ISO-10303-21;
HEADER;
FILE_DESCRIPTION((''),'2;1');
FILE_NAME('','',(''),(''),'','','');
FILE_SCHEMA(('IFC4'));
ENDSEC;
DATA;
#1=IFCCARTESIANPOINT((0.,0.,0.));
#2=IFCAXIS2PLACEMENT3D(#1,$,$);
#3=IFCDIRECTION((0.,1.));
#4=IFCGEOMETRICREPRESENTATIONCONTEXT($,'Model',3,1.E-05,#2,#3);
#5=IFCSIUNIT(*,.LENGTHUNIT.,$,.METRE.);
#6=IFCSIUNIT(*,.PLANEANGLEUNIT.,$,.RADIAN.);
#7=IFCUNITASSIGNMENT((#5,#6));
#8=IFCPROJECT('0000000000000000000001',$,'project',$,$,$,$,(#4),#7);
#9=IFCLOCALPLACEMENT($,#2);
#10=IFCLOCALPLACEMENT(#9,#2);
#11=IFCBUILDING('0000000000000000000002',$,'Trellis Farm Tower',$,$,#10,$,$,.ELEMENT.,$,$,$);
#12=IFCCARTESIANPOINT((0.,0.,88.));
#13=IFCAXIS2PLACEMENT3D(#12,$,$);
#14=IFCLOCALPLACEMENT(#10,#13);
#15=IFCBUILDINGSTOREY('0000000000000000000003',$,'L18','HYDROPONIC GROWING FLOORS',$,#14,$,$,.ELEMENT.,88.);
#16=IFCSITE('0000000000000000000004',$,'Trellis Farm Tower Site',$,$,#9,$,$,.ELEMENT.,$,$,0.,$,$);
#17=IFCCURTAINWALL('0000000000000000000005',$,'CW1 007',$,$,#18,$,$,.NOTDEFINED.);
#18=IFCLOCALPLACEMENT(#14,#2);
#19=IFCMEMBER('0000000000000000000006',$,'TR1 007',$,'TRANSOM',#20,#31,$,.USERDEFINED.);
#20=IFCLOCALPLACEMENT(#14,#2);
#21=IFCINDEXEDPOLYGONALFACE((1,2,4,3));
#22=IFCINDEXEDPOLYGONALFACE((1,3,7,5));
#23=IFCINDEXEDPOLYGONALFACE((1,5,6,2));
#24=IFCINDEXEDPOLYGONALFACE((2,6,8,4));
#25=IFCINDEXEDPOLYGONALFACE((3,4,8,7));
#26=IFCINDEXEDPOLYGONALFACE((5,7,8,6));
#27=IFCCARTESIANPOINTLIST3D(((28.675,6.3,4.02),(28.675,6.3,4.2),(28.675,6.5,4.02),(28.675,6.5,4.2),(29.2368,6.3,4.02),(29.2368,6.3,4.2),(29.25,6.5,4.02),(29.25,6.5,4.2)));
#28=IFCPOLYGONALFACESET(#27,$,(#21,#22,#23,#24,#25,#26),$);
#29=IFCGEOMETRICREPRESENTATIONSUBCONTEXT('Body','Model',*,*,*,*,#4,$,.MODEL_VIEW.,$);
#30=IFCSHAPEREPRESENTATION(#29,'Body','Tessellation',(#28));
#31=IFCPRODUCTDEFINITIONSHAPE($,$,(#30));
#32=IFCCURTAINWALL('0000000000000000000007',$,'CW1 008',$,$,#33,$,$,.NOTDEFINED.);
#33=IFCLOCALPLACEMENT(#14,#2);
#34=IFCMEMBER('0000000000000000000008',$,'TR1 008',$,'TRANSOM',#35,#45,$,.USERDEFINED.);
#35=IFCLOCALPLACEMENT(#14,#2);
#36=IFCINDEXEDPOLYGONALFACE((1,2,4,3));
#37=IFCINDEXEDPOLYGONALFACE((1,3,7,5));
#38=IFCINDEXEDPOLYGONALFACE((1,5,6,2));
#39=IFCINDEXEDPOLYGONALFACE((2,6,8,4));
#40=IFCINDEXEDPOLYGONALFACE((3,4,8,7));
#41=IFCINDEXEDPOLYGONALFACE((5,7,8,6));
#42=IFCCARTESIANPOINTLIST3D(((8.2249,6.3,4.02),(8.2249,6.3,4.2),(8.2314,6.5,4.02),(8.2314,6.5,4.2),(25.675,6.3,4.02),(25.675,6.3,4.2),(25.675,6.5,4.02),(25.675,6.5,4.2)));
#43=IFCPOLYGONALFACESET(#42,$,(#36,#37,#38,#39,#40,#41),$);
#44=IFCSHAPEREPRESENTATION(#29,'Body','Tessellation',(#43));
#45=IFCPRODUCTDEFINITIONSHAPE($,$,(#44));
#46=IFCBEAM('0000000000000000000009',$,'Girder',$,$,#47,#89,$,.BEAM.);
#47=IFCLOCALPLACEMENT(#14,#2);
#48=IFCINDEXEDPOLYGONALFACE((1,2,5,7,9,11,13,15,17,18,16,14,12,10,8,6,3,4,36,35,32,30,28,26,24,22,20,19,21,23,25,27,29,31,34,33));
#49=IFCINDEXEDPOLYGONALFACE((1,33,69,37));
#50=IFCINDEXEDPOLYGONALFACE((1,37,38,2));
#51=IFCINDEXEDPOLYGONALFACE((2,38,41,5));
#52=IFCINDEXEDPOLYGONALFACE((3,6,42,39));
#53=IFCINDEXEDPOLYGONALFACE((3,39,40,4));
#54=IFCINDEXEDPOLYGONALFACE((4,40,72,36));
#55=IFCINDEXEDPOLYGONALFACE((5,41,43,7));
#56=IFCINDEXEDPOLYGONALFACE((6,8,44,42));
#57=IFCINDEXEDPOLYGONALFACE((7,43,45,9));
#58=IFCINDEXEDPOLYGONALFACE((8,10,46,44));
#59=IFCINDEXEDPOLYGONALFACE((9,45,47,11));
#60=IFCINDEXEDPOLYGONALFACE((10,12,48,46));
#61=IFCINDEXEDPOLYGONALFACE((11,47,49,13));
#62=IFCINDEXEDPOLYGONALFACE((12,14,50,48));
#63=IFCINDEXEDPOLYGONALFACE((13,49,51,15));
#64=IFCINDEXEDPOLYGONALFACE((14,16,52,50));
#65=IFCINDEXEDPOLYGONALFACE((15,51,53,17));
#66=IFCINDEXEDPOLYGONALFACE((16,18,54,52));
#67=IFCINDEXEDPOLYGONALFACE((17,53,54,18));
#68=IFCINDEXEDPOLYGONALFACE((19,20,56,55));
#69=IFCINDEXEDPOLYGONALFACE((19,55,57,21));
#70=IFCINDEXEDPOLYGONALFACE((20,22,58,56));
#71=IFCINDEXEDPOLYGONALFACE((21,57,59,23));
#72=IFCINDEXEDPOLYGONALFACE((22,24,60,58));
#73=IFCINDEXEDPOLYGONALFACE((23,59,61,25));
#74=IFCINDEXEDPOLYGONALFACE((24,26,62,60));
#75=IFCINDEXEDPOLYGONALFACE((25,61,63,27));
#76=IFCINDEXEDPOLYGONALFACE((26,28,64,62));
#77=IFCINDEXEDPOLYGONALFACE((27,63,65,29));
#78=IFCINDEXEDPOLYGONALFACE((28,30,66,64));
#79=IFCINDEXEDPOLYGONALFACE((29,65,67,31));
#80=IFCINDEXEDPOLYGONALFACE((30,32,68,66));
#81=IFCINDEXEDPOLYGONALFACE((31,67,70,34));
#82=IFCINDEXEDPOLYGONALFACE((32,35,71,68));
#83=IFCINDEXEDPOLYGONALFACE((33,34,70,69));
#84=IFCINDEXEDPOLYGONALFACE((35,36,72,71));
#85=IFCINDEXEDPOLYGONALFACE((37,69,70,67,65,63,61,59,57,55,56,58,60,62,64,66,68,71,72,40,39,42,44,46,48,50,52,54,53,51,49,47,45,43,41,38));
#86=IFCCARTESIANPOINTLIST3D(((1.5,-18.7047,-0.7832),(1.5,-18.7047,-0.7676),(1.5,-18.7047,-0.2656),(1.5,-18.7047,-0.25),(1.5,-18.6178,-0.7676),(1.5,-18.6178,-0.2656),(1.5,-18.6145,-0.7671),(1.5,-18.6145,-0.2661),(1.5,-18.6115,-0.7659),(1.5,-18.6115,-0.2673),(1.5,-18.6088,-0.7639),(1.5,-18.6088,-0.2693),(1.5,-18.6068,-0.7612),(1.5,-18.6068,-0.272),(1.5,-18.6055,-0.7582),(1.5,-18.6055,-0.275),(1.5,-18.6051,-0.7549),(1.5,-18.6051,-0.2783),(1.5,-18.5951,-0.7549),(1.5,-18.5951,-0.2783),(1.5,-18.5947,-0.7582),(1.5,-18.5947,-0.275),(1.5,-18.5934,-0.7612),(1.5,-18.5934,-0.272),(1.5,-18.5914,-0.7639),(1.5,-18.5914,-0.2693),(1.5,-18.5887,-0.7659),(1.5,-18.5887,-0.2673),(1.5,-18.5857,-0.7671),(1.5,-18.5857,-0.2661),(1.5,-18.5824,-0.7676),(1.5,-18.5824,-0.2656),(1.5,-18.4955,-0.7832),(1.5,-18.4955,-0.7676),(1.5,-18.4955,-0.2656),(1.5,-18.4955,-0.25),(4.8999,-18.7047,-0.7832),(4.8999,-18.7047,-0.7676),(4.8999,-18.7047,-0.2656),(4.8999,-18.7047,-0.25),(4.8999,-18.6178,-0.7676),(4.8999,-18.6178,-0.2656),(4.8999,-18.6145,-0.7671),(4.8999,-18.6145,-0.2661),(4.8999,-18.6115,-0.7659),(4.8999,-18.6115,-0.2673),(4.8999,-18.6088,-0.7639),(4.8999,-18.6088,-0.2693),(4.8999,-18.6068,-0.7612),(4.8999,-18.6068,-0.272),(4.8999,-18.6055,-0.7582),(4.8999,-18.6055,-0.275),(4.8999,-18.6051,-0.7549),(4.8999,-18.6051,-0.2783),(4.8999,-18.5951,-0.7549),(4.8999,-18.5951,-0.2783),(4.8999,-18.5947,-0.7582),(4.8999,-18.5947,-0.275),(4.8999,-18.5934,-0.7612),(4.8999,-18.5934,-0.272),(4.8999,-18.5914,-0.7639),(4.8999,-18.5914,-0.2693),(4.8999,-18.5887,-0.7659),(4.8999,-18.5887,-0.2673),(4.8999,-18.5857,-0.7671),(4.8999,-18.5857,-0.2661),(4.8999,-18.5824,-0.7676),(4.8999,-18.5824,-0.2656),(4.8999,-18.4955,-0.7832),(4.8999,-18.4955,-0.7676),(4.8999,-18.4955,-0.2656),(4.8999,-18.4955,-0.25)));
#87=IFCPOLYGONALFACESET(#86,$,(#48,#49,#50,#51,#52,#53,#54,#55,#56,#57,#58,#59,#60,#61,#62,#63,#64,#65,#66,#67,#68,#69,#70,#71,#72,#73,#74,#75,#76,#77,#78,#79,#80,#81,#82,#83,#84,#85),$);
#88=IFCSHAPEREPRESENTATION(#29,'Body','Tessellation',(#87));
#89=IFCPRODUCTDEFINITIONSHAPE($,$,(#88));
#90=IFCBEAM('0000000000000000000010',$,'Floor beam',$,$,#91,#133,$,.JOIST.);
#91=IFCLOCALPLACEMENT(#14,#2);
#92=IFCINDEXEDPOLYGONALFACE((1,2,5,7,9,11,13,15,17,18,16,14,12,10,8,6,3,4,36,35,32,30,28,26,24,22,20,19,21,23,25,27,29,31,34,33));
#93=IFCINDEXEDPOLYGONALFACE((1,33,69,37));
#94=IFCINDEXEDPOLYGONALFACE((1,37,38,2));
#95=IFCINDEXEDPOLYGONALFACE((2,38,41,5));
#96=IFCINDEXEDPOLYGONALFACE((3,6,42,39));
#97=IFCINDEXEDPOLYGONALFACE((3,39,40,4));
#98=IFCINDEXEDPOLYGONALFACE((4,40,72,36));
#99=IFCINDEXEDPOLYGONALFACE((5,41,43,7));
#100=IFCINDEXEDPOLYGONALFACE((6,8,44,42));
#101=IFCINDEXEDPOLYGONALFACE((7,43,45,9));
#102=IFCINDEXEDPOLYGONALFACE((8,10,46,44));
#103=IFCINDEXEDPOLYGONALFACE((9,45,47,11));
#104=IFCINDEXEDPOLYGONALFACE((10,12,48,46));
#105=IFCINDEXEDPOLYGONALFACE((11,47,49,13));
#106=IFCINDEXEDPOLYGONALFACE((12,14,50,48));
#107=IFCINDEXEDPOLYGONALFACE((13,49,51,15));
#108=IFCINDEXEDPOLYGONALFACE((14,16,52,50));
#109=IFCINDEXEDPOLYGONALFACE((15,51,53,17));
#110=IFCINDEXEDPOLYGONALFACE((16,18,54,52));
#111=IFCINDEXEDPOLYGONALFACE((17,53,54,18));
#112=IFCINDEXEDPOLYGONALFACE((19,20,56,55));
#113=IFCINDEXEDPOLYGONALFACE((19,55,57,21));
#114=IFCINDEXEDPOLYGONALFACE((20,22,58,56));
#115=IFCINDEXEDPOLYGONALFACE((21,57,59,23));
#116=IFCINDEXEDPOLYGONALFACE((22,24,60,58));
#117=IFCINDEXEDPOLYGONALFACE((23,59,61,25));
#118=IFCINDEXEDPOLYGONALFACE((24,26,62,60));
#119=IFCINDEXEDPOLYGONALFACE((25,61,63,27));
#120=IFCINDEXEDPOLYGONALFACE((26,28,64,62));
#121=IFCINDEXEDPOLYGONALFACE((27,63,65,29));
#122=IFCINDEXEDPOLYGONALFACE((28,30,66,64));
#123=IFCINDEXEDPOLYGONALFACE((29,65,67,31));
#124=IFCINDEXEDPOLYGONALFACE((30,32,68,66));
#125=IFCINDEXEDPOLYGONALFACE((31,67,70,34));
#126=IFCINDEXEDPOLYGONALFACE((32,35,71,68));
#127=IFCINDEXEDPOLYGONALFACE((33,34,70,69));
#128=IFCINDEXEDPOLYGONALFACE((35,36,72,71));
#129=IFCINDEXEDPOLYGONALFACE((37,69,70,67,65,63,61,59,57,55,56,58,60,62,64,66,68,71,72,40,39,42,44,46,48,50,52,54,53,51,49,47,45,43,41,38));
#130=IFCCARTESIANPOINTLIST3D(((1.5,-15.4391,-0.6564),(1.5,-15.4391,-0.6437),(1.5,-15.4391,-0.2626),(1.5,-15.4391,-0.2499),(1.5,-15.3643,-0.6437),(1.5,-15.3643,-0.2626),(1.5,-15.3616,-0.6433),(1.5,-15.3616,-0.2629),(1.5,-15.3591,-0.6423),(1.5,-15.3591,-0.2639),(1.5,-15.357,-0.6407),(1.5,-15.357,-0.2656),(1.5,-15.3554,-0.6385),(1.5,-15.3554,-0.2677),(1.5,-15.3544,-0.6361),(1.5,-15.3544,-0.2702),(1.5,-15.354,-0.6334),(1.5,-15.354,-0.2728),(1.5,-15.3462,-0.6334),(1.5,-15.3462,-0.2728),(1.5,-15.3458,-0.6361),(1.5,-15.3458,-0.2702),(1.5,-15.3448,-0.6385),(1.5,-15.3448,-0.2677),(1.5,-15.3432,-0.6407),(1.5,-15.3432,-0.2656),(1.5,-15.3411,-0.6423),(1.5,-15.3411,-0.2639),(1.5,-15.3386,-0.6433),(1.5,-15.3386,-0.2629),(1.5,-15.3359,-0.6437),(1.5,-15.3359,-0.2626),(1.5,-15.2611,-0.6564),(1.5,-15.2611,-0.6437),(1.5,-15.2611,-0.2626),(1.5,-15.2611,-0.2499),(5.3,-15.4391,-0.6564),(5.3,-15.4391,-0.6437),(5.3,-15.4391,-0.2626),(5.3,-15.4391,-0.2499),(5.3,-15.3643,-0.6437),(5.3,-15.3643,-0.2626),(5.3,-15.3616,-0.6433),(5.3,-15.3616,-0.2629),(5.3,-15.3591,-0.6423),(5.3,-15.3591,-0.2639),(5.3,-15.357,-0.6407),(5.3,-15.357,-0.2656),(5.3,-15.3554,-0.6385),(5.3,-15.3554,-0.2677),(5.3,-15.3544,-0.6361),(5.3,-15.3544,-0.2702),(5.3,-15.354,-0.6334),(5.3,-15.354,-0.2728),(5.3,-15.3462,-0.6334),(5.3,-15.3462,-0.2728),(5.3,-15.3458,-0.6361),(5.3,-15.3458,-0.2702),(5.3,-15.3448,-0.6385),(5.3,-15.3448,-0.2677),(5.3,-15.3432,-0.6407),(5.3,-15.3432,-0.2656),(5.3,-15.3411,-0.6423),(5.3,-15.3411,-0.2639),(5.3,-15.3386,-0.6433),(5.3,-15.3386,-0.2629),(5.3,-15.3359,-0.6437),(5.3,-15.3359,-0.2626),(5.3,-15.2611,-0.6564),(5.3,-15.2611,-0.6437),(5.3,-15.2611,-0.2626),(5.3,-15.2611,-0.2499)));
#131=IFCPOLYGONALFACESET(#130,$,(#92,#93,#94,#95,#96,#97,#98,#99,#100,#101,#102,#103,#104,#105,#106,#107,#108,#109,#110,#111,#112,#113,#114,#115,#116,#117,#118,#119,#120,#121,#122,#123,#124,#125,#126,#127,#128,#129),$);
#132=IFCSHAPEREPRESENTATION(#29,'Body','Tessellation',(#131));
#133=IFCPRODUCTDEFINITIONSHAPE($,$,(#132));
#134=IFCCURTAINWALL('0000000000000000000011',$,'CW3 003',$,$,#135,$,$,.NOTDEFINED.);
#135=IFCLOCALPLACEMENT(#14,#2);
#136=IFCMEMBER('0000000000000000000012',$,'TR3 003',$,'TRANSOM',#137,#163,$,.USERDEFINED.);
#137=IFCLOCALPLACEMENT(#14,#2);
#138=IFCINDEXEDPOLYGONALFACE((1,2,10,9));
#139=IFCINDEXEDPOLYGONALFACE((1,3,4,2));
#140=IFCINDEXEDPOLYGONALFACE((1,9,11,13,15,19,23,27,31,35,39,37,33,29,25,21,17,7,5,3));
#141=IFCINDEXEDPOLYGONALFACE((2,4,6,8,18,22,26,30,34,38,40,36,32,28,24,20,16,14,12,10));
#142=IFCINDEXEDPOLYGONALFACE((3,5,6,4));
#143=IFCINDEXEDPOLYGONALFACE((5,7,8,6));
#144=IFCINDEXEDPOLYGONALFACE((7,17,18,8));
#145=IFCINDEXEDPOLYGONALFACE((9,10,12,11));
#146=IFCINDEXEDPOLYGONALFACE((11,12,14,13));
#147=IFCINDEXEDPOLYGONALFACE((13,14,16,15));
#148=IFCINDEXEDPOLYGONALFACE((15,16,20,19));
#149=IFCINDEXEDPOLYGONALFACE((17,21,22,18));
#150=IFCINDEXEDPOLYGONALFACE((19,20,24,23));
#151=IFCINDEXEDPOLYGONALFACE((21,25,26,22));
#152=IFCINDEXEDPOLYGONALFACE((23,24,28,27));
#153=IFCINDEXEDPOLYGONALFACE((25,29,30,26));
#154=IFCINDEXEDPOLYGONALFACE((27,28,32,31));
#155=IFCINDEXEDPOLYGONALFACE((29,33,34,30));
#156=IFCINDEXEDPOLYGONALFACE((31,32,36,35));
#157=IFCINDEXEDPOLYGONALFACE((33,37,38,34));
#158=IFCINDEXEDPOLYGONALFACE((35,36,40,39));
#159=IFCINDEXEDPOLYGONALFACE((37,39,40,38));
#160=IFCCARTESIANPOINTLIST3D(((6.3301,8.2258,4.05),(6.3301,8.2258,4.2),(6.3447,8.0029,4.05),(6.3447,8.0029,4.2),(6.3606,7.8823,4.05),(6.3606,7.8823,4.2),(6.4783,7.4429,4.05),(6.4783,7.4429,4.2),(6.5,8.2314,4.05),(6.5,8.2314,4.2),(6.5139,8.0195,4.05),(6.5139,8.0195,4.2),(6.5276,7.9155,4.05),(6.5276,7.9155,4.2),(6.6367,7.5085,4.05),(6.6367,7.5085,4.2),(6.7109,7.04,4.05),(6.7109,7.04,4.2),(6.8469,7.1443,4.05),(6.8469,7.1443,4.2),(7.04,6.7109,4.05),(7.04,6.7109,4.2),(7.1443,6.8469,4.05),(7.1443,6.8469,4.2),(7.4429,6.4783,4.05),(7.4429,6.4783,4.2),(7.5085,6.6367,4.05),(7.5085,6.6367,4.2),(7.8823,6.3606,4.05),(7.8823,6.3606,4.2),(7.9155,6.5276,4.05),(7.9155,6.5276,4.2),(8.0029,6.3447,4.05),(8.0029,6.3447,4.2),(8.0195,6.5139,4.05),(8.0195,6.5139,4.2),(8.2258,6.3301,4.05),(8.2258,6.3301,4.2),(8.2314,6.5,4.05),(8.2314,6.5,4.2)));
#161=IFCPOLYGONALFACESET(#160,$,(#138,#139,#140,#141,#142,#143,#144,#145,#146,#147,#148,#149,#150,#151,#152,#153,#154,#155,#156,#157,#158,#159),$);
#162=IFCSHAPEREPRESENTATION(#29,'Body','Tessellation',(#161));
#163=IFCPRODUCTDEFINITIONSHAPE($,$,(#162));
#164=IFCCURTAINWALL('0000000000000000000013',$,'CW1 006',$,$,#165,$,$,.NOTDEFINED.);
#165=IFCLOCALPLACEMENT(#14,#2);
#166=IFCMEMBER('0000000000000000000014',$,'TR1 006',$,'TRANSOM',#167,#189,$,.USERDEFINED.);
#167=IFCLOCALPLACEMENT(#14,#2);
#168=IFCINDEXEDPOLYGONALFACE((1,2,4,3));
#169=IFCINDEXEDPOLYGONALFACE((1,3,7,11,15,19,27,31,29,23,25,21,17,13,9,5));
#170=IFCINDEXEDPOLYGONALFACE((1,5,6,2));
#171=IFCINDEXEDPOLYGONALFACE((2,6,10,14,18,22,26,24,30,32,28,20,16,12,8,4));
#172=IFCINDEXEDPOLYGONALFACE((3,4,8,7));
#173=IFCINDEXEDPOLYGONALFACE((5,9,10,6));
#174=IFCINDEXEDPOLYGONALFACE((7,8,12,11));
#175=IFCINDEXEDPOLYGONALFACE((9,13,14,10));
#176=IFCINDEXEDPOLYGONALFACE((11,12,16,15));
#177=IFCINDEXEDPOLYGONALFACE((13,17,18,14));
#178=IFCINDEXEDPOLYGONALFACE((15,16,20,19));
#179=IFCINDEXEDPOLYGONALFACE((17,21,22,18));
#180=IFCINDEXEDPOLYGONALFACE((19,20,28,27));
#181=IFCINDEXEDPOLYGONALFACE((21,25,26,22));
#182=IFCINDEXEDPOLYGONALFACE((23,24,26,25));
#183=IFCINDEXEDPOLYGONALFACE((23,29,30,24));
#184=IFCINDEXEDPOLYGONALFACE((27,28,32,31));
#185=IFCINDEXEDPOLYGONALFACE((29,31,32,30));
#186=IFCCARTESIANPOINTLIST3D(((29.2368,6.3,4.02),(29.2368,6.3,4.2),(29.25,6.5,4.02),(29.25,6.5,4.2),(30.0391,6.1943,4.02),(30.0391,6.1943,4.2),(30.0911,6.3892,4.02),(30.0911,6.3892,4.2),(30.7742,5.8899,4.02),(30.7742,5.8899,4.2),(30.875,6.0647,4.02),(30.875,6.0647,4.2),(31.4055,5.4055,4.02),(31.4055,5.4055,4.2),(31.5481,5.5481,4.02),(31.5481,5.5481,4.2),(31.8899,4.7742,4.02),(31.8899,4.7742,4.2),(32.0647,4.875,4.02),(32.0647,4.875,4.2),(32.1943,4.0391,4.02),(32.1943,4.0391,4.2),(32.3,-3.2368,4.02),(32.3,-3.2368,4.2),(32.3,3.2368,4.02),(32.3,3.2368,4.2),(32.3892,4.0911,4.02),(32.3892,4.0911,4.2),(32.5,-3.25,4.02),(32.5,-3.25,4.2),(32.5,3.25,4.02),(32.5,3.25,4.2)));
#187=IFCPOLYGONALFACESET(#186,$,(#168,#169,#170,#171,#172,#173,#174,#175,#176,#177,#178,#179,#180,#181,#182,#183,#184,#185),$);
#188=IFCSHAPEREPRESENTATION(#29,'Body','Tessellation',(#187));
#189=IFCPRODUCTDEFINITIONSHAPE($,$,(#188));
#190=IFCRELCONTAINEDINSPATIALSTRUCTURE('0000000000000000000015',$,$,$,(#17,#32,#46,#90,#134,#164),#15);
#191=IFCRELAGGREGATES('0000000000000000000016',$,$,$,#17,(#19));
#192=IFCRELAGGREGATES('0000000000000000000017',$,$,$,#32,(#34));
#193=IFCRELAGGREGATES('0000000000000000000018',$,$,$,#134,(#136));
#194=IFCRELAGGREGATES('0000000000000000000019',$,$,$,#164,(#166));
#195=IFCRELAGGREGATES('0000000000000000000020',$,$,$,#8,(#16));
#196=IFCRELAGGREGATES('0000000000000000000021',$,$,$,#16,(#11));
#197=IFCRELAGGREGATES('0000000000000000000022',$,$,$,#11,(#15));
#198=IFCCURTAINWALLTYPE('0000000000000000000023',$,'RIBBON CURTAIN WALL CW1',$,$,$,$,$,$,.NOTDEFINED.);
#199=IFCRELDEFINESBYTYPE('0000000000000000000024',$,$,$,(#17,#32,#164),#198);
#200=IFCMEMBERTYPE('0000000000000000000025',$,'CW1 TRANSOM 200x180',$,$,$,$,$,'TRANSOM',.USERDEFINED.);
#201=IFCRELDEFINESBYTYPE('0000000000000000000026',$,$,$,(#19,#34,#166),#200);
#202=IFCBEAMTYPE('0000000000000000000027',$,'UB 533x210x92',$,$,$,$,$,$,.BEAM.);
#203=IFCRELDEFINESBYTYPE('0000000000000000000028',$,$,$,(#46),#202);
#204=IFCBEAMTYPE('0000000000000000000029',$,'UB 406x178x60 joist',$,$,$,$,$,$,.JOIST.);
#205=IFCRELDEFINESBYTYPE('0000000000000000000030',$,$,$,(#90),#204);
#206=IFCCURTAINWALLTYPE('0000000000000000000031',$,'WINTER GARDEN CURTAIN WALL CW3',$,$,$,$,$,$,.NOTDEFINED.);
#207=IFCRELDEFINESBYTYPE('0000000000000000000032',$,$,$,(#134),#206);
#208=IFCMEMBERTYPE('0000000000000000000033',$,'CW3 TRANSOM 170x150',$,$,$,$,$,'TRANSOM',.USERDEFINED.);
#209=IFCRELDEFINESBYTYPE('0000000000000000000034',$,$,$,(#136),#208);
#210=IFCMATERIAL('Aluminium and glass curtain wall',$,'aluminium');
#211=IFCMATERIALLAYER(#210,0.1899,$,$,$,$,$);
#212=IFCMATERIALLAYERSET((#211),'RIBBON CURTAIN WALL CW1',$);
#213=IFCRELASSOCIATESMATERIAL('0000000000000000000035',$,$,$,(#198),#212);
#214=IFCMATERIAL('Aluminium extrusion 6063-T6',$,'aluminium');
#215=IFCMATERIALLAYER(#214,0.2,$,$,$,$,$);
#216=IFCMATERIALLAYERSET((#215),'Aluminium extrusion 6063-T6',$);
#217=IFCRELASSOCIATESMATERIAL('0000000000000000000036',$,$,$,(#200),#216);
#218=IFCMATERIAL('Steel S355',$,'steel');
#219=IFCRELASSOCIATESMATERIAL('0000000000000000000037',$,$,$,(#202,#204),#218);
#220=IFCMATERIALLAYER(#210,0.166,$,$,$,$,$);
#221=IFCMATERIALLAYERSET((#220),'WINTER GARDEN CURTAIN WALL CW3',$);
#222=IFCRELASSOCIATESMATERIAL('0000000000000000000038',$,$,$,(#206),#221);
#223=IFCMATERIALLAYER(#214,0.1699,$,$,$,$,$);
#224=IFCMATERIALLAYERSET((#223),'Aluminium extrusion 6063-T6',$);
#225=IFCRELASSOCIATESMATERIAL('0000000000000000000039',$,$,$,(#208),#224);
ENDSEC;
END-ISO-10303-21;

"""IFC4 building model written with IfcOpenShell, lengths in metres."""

from ifc_helpers import new_model, si_unit, direction, frame, origin, origin_2d, place, context, subcontext, project, spatial, polyline, i_section, outline, extrude, source, transform, mapped, material, layer, layer_set, material_profile, profile_set, type_object, element, aggregate, save


model = new_model("IFC4")

# Units and contexts
model_context = context("Model", 3, precision=1e-05, world=origin(), true_north=direction((0.0, 1.0)))
body_context = subcontext(model_context, "Body", "Model", "MODEL_VIEW")
ifc_project = project(units=[si_unit("LENGTHUNIT", "METRE"), si_unit("PLANEANGLEUNIT", "RADIAN")], contexts=[model_context])

# Site, building, storey
site_placement = place(None, origin())
site = spatial("IfcSite", under=ifc_project, at=site_placement, Name="Trellis Farm Tower Site", CompositionType="ELEMENT", RefElevation=0.0)
building_placement = place(site_placement, origin())
building = spatial("IfcBuilding", under=site, at=building_placement, Name="Trellis Farm Tower", CompositionType="ELEMENT")
storey_placement = place(building_placement, frame((0.0, 0.0, 88.0)))
storey = spatial("IfcBuildingStorey", under=building, at=storey_placement, Name="L18", Description="HYDROPONIC GROWING FLOORS", CompositionType="ELEMENT", Elevation=88.0)

# Curtain walls, members
ifc_material_1 = material(Name="Aluminium and glass curtain wall", Category="aluminium")
ifc_layer_1 = layer(ifc_material_1, 0.1899)
ifc_layer_set_1 = layer_set([ifc_layer_1], Name="RIBBON CURTAIN WALL CW1")
curtain_wall_type_1 = type_object("IfcCurtainWallType", Name="RIBBON CURTAIN WALL CW1", PredefinedType="NOTDEFINED", material=ifc_layer_set_1)
placement_1 = place(storey_placement, origin())
curtain_wall_1 = element("IfcCurtainWall", 1, at=placement_1, inside=storey, type_object=curtain_wall_type_1, Name="CW1 007", PredefinedType="NOTDEFINED")
ifc_material_2 = material(Name="Aluminium extrusion 6063-T6", Category="aluminium")
ifc_layer_2 = layer(ifc_material_2, 0.2)
ifc_layer_set_2 = layer_set([ifc_layer_2], Name="Aluminium extrusion 6063-T6")
member_type_1 = type_object("IfcMemberType", Name="CW1 TRANSOM 200x180", ElementType="TRANSOM", PredefinedType="USERDEFINED", material=ifc_layer_set_2)
placement_2 = place(storey_placement, frame((0.0, 0.0, 4.02)))
member_1 = element("IfcMember", 2, at=placement_2, type_object=member_type_1, Name="TR1 007", ObjectType="TRANSOM", PredefinedType="USERDEFINED", context=body_context, shape_type="SweptSolid", body=[
    extrude(outline(polyline([(29.25, 6.5), (28.675, 6.5), (28.675, 6.3), (29.2368, 6.3), (29.25, 6.5)])), origin(), (0.0, 0.0, 1.0), 0.1799),
])
curtain_wall_2 = element("IfcCurtainWall", 3, at=placement_1, inside=storey, type_object=curtain_wall_type_1, Name="CW1 008", PredefinedType="NOTDEFINED")
member_2 = element("IfcMember", 4, at=placement_2, type_object=member_type_1, Name="TR1 008", ObjectType="TRANSOM", PredefinedType="USERDEFINED", context=body_context, shape_type="SweptSolid", body=[
    extrude(outline(polyline([(25.675, 6.5), (8.2314, 6.5), (8.2249, 6.3), (25.675, 6.3), (25.675, 6.5)])), origin(), (0.0, 0.0, 1.0), 0.1799),
])

# Beams
ifc_material_3 = material(Name="Steel S355", Category="steel")
ifc_material_profile_1 = material_profile(ifc_material_3, i_section(OverallWidth=0.2092, OverallDepth=0.5332, WebThickness=0.01, FlangeThickness=0.0156, FilletRadius=0.0127, at=origin_2d()), Name="UB 533x210x92")
ifc_profile_set_1 = profile_set([ifc_material_profile_1], Name="Steel S355")
beam_type_1 = type_object("IfcBeamType", Name="UB 533x210x92", PredefinedType="BEAM", material=ifc_profile_set_1)
shared_shape_1 = source(origin(), body_context, "Body", "SweptSolid", [
    extrude(i_section(OverallWidth=0.2092, OverallDepth=0.5332, WebThickness=0.01, FlangeThickness=0.0156, FilletRadius=0.0127, at=origin_2d()), origin(), (0.0, 0.0, 1.0), 3.3999),
])
beam_1_placement = place(storey_placement, frame((1.5, -18.6001, -0.5166), z_axis=(1.0, 0.0, 0.0), x_axis=(0.0, 1.0, 0.0)))
element("IfcBeam", 5, at=beam_1_placement, inside=storey, type_object=beam_type_1, Name="Girder", PredefinedType="BEAM", context=body_context, shape_type="MappedRepresentation", body=[
    mapped(shared_shape_1, transform((0.0, 0.0, 0.0))),
])
ifc_material_profile_2 = material_profile(ifc_material_3, i_section(OverallWidth=0.178, OverallDepth=0.4065, WebThickness=0.0078, FlangeThickness=0.0127, FilletRadius=0.0103, at=origin_2d()), Name="UB 406x178x60")
ifc_profile_set_2 = profile_set([ifc_material_profile_2], Name="Steel S355")
beam_type_2 = type_object("IfcBeamType", Name="UB 406x178x60 joist", PredefinedType="JOIST", material=ifc_profile_set_2)
shared_shape_2 = source(origin(), body_context, "Body", "SweptSolid", [
    extrude(i_section(OverallWidth=0.178, OverallDepth=0.4065, WebThickness=0.0078, FlangeThickness=0.0127, FilletRadius=0.0103, at=origin_2d()), origin(), (0.0, 0.0, 1.0), 3.8),
])
beam_2_placement = place(storey_placement, frame((1.5, -15.3501, -0.4531), z_axis=(1.0, 0.0, 0.0), x_axis=(0.0, 1.0, 0.0)))
element("IfcBeam", 6, at=beam_2_placement, inside=storey, type_object=beam_type_2, Name="Floor beam", PredefinedType="JOIST", context=body_context, shape_type="MappedRepresentation", body=[
    mapped(shared_shape_2, transform((0.0, 0.0, 0.0))),
])

# Curtain walls, members
ifc_layer_3 = layer(ifc_material_1, 0.166)
ifc_layer_set_3 = layer_set([ifc_layer_3], Name="WINTER GARDEN CURTAIN WALL CW3")
curtain_wall_type_2 = type_object("IfcCurtainWallType", Name="WINTER GARDEN CURTAIN WALL CW3", PredefinedType="NOTDEFINED", material=ifc_layer_set_3)
curtain_wall_3 = element("IfcCurtainWall", 7, at=placement_1, inside=storey, type_object=curtain_wall_type_2, Name="CW3 003", PredefinedType="NOTDEFINED")
ifc_layer_4 = layer(ifc_material_2, 0.1699)
ifc_layer_set_4 = layer_set([ifc_layer_4], Name="Aluminium extrusion 6063-T6")
member_type_2 = type_object("IfcMemberType", Name="CW3 TRANSOM 170x150", ElementType="TRANSOM", PredefinedType="USERDEFINED", material=ifc_layer_set_4)
shared_shape_3 = source(origin(), body_context, "Body", "SweptSolid", [
    extrude(outline(polyline([(8.2314, 6.5), (8.0195, 6.5139), (7.9155, 6.5276), (7.5085, 6.6367), (7.1443, 6.8469), (6.8469, 7.1443), (6.6367, 7.5085), (6.5276, 7.9155), (6.5139, 8.0195), (6.5, 8.2314), (6.3301, 8.2258), (6.3447, 8.0029), (6.3606, 7.8823), (6.4783, 7.4429), (6.7109, 7.04), (7.04, 6.7109), (7.4429, 6.4783), (7.8823, 6.3606), (8.0029, 6.3447), (8.2258, 6.3301), (8.2314, 6.5)])), origin(), (0.0, 0.0, 1.0), 0.1499),
])
member_3_placement = place(storey_placement, frame((0.0, 0.0, 4.05)))
member_3 = element("IfcMember", 8, at=member_3_placement, type_object=member_type_2, Name="TR3 003", ObjectType="TRANSOM", PredefinedType="USERDEFINED", context=body_context, shape_type="MappedRepresentation", body=[
    mapped(shared_shape_3, transform((0.0, 0.0, 0.0))),
])
curtain_wall_4 = element("IfcCurtainWall", 9, at=placement_1, inside=storey, type_object=curtain_wall_type_1, Name="CW1 006", PredefinedType="NOTDEFINED")
shared_shape_4 = source(origin(), body_context, "Body", "SweptSolid", [
    extrude(outline(polyline([(32.5, -3.25), (32.5, 3.25), (32.3892, 4.0911), (32.0647, 4.875), (31.5481, 5.5481), (30.875, 6.0647), (30.0911, 6.3892), (29.25, 6.5), (29.2368, 6.3), (30.0391, 6.1943), (30.7742, 5.8899), (31.4055, 5.4055), (31.8899, 4.7742), (32.1943, 4.0391), (32.3, 3.2368), (32.3, -3.2368), (32.5, -3.25)])), origin(), (0.0, 0.0, 1.0), 0.1799),
])
member_4 = element("IfcMember", 10, at=placement_2, type_object=member_type_1, Name="TR1 006", ObjectType="TRANSOM", PredefinedType="USERDEFINED", context=body_context, shape_type="MappedRepresentation", body=[
    mapped(shared_shape_4, transform((0.0, 0.0, 0.0))),
])

aggregate(curtain_wall_1, [member_1])
aggregate(curtain_wall_2, [member_2])
aggregate(curtain_wall_3, [member_3])
aggregate(curtain_wall_4, [member_4])

save(model, "model.ifc")
